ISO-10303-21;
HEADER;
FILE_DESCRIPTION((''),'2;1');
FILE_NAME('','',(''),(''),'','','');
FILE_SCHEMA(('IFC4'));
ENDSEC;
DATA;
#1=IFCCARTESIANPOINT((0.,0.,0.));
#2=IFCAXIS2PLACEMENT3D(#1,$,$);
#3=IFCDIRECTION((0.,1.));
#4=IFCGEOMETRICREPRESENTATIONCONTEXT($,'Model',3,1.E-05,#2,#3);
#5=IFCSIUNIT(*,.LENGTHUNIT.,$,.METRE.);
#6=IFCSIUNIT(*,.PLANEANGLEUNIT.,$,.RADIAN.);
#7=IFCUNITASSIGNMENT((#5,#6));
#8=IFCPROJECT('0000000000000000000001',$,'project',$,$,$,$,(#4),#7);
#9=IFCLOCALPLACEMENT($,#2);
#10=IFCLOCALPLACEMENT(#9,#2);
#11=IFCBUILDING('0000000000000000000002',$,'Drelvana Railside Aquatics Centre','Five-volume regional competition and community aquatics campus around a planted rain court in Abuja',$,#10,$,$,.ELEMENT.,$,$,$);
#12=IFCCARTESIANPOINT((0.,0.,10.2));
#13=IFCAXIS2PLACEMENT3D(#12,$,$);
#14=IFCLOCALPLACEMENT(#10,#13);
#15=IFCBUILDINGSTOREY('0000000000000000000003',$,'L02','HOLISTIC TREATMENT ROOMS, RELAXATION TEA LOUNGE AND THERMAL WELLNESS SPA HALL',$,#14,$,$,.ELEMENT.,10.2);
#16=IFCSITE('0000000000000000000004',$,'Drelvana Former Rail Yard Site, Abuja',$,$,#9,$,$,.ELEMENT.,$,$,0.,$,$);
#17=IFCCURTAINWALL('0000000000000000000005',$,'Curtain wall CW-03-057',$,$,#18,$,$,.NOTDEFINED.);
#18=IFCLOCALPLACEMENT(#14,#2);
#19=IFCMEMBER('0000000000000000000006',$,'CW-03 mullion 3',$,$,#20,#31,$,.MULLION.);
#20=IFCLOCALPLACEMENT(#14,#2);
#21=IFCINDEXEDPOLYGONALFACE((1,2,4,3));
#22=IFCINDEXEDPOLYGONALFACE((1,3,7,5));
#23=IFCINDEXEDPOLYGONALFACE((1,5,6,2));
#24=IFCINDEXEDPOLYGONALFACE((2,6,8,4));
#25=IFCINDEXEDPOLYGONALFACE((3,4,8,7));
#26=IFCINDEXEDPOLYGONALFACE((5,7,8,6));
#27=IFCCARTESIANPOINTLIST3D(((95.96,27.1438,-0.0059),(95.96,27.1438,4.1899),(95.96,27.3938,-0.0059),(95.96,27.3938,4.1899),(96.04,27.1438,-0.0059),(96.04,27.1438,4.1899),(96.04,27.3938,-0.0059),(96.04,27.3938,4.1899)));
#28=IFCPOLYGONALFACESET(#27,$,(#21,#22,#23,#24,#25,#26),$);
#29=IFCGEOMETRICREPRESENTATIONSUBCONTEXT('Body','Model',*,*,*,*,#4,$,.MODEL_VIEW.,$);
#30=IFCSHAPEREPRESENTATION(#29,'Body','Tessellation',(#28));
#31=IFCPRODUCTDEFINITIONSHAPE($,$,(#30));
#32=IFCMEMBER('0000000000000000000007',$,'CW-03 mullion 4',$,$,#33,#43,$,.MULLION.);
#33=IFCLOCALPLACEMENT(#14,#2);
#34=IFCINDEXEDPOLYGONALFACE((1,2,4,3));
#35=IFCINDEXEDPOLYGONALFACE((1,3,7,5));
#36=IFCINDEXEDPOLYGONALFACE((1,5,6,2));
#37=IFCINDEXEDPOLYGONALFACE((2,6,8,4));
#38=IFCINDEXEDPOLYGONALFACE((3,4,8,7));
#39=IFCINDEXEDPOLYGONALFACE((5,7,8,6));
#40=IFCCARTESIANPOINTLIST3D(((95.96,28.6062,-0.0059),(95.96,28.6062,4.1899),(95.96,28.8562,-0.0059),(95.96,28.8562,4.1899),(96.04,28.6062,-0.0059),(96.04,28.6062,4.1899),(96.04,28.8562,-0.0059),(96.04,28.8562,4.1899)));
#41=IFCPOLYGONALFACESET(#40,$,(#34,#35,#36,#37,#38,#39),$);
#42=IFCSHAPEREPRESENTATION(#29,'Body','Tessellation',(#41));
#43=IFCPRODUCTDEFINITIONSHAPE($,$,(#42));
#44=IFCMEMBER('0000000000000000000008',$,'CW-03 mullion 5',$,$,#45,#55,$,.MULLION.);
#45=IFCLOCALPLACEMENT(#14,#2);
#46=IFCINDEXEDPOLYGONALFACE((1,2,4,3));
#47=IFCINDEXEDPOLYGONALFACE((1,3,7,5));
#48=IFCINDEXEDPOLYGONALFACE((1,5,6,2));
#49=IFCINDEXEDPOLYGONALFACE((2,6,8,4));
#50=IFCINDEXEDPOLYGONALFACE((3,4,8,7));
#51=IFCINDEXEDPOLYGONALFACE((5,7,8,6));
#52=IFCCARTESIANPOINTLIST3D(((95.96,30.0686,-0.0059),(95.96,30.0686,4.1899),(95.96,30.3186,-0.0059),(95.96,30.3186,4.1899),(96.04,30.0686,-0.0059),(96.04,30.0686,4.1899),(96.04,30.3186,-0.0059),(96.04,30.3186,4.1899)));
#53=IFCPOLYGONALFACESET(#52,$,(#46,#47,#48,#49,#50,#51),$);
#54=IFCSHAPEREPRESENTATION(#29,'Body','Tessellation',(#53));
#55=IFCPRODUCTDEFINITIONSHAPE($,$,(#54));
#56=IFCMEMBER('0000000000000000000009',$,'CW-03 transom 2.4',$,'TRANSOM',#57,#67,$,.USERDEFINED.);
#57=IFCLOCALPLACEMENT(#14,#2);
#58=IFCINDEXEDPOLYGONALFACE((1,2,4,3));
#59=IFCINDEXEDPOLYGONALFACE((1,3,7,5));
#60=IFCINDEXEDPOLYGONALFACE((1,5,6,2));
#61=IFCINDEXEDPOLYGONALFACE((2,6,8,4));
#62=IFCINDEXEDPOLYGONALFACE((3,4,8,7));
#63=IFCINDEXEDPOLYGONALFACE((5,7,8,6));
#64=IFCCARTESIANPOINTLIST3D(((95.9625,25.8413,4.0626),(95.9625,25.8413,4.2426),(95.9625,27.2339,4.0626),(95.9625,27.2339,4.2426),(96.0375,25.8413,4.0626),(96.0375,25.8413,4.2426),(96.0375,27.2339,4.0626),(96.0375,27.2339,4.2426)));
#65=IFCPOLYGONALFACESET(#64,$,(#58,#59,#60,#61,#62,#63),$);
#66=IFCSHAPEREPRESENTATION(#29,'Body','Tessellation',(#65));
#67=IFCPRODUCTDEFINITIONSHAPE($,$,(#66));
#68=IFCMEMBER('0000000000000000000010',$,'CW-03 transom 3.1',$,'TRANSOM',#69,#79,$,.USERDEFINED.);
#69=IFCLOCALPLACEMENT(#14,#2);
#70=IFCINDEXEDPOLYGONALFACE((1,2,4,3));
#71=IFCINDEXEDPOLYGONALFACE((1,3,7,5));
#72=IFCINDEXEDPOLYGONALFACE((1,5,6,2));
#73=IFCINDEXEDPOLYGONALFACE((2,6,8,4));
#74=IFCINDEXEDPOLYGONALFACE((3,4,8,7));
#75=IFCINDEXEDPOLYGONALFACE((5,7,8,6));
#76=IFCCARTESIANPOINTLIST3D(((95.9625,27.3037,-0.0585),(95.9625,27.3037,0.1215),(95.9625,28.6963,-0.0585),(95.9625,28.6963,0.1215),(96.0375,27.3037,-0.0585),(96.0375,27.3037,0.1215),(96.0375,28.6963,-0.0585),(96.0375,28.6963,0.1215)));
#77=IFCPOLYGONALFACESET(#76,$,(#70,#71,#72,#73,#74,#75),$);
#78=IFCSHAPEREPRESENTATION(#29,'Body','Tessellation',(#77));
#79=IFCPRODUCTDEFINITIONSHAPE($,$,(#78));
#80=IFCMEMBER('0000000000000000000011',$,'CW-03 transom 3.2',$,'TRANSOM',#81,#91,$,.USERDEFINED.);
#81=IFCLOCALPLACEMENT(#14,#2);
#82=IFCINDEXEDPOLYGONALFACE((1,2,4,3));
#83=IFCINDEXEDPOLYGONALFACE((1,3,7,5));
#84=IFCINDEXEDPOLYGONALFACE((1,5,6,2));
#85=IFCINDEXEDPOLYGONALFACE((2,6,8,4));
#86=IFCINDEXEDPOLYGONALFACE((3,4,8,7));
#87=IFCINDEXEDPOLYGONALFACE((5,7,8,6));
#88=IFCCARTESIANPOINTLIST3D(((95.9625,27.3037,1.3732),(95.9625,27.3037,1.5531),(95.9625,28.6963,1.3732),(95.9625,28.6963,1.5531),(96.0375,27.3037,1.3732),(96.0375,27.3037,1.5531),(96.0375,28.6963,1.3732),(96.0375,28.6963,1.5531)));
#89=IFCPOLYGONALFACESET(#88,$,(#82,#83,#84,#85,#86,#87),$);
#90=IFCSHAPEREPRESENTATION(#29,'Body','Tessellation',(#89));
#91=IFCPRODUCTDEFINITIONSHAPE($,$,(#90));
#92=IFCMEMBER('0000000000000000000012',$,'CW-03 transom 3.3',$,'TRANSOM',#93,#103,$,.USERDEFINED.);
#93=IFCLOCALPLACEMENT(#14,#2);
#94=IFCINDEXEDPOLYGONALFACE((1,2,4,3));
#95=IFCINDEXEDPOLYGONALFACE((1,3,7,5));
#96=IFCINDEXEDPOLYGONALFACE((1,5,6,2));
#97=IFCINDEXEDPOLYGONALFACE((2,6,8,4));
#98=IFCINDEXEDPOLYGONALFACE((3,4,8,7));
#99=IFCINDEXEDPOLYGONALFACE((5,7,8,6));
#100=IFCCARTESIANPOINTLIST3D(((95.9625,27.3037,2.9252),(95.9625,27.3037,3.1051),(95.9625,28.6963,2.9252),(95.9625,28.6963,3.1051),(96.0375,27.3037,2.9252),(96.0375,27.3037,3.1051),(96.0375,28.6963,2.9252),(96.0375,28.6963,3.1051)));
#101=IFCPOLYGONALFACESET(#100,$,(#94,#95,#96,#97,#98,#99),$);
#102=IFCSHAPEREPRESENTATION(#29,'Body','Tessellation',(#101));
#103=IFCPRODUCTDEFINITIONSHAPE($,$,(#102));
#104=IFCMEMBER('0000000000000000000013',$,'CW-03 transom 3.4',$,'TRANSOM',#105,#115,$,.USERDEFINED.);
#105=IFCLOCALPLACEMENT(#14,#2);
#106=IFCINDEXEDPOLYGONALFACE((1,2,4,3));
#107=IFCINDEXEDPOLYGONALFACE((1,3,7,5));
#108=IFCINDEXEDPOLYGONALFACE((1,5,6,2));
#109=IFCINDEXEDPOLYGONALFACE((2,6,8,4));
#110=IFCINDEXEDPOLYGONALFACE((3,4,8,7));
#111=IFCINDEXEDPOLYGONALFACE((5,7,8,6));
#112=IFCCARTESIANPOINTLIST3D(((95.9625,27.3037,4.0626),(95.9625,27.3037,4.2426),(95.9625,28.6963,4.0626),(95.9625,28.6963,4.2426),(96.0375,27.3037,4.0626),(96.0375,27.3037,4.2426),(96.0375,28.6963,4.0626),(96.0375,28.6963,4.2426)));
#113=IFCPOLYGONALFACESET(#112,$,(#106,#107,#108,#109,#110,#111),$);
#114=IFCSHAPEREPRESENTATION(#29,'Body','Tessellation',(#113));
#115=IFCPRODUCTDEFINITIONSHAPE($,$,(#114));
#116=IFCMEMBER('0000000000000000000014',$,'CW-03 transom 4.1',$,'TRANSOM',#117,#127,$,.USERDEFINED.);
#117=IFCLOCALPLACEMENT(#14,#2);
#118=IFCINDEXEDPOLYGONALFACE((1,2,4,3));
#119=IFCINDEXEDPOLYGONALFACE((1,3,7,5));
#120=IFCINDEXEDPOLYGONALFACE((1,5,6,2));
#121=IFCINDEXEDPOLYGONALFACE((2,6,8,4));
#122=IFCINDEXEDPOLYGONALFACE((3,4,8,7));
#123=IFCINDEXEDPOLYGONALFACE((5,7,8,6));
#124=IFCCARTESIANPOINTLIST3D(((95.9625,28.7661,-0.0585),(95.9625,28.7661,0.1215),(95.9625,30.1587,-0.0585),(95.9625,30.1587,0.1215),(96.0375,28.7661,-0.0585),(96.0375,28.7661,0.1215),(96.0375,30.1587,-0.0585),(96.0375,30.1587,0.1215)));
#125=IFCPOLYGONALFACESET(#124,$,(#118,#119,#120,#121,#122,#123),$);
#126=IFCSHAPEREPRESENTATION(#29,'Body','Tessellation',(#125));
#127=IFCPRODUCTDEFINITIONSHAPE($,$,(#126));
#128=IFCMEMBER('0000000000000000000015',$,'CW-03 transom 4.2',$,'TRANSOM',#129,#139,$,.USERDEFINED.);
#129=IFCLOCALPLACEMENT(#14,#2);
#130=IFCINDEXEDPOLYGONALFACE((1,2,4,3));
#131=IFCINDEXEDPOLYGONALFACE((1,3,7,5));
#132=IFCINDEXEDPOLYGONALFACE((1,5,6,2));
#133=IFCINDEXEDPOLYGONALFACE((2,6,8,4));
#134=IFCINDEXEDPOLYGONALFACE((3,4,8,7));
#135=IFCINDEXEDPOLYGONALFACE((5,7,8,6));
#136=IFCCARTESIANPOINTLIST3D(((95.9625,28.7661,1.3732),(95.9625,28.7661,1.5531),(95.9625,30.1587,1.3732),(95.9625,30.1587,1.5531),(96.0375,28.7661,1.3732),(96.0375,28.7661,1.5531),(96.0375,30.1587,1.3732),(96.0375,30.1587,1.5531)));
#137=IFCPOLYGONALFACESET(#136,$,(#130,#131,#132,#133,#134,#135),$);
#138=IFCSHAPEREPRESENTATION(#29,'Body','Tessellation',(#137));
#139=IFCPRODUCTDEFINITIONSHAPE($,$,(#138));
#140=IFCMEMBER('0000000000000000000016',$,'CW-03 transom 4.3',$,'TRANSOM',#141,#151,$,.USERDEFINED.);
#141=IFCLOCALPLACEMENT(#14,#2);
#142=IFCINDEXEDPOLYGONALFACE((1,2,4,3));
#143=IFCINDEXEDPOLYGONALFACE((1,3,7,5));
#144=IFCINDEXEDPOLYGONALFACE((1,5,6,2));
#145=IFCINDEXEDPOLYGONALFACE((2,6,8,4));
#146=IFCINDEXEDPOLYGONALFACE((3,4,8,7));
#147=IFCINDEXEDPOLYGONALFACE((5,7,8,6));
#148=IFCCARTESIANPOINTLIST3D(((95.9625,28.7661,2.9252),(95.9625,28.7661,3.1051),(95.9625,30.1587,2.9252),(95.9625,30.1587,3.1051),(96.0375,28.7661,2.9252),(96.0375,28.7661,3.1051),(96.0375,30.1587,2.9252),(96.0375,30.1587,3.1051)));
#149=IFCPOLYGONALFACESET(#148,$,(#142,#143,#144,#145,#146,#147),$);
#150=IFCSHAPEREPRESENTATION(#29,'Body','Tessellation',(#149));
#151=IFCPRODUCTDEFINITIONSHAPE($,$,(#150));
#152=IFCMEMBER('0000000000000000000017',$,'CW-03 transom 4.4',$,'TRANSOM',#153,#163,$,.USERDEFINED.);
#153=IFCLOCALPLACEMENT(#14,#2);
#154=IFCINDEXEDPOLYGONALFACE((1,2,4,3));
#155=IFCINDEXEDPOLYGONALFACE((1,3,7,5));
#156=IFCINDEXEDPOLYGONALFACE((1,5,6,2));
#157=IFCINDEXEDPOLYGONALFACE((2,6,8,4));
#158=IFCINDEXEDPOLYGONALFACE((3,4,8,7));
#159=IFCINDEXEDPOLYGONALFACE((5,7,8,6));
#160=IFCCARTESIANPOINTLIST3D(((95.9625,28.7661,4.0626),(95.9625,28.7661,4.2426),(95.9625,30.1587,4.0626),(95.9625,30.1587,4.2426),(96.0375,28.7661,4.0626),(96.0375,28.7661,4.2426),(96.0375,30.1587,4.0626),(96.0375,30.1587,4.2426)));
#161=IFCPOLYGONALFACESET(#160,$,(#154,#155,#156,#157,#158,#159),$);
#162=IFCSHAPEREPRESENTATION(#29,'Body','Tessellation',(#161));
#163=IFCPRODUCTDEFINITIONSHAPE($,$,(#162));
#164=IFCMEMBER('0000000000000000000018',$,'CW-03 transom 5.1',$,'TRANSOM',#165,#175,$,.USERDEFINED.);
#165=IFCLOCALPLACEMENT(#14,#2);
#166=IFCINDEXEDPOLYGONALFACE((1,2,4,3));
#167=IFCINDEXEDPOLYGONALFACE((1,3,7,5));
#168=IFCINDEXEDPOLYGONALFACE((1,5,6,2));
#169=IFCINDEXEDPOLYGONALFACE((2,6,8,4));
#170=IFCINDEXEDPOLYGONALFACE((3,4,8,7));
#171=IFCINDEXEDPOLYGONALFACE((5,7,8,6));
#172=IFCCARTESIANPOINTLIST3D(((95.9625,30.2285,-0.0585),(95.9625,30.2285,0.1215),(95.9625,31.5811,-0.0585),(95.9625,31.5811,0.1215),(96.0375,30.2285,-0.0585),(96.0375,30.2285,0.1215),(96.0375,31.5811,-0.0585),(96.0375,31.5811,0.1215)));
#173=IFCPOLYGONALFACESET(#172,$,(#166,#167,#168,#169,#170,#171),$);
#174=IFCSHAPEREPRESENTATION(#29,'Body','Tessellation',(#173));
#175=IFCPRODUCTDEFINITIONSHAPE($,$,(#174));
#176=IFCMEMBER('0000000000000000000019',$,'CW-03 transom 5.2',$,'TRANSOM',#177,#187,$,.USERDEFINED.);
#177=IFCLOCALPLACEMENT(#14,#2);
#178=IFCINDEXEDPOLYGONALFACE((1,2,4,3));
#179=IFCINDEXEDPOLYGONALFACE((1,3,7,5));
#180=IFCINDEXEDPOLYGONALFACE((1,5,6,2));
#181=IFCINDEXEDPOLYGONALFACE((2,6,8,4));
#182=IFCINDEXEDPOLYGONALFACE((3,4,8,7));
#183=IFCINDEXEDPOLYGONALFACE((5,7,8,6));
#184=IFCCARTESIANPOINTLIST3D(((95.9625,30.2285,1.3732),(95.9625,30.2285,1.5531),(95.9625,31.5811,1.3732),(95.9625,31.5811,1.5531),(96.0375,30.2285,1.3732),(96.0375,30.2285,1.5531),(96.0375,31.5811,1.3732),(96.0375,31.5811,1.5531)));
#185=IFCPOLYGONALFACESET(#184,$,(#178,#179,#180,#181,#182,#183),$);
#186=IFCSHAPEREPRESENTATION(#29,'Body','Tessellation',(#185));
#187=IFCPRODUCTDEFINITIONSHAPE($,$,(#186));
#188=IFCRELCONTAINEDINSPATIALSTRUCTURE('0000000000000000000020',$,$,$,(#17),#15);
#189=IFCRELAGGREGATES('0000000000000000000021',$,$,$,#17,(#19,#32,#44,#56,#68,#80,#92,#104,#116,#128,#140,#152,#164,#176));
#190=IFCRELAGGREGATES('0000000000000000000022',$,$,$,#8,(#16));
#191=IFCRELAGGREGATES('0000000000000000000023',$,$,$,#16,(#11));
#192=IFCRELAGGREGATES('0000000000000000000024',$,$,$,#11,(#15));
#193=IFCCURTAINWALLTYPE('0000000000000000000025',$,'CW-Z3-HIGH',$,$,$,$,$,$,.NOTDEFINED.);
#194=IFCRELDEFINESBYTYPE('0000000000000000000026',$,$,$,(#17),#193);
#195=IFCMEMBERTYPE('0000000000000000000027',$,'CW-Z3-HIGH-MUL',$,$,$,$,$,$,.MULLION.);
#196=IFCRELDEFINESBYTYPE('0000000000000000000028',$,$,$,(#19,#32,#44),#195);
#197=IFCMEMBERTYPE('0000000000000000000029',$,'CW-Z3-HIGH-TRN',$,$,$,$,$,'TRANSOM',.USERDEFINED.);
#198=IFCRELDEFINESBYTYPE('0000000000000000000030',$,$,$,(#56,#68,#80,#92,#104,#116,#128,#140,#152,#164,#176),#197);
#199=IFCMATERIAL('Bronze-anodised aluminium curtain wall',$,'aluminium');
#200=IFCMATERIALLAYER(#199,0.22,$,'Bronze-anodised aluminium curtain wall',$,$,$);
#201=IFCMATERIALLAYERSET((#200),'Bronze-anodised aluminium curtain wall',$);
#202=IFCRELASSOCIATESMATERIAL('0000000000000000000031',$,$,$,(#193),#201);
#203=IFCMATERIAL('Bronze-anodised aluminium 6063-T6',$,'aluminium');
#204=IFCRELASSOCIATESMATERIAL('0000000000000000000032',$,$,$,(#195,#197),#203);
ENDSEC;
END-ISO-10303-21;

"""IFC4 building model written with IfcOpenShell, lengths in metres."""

from ifc_helpers import new_model, si_unit, direction, frame, origin, origin_2d, place, context, subcontext, project, spatial, rectangle, extrude, material, layer, layer_set, material_profile, profile_set, type_object, element, aggregate, save


model = new_model("IFC4")

# Units and contexts
model_context = context("Model", 3, precision=1e-05, world=origin(), true_north=direction((0.0, 1.0)))
body_context = subcontext(model_context, "Body", "Model", "MODEL_VIEW")
ifc_project = project(units=[si_unit("LENGTHUNIT", "METRE"), si_unit("PLANEANGLEUNIT", "RADIAN")], contexts=[model_context])

# Site, building, storey
site_placement = place(None, origin())
site = spatial("IfcSite", under=ifc_project, at=site_placement, Name="Drelvana Former Rail Yard Site, Abuja", CompositionType="ELEMENT", RefElevation=0.0)
building_placement = place(site_placement, origin())
building = spatial("IfcBuilding", under=site, at=building_placement, Name="Drelvana Railside Aquatics Centre", Description="Five-volume regional competition and community aquatics campus around a planted rain court in Abuja", CompositionType="ELEMENT")
storey_placement = place(building_placement, frame((0.0, 0.0, 10.2)))
storey = spatial("IfcBuildingStorey", under=building, at=storey_placement, Name="L02", Description="HOLISTIC TREATMENT ROOMS, RELAXATION TEA LOUNGE AND THERMAL WELLNESS SPA HALL", CompositionType="ELEMENT", Elevation=10.2)

# Curtain wall, members
ifc_material_1 = material(Name="Bronze-anodised aluminium curtain wall", Category="aluminium")
ifc_layer_1 = layer(ifc_material_1, 0.22, Name="Bronze-anodised aluminium curtain wall")
ifc_layer_set_1 = layer_set([ifc_layer_1], Name="Bronze-anodised aluminium curtain wall")
curtain_wall_type = type_object("IfcCurtainWallType", Name="CW-Z3-HIGH", PredefinedType="NOTDEFINED", material=ifc_layer_set_1)
curtain_wall_placement = place(storey_placement, origin())
curtain_wall = element("IfcCurtainWall", 1, at=curtain_wall_placement, inside=storey, type_object=curtain_wall_type, Name="Curtain wall CW-03-057", PredefinedType="NOTDEFINED")
ifc_material_2 = material(Name="Bronze-anodised aluminium 6063-T6", Category="aluminium")
ifc_material_profile_1 = material_profile(ifc_material_2, rectangle(XDim=0.0801, YDim=0.25, at=origin_2d()), Name="ALU-M 80x250")
ifc_profile_set_1 = profile_set([ifc_material_profile_1], Name="Bronze-anodised aluminium 6063-T6")
member_type_1 = type_object("IfcMemberType", Name="CW-Z3-HIGH-MUL", PredefinedType="MULLION", material=ifc_profile_set_1)
member_1_placement = place(storey_placement, frame((96.0, 27.2688, -0.0059), z_axis=(0.0, 0.0, 1.0), x_axis=(-1.0, 0.0, 0.0)))
member_1 = element("IfcMember", 2, at=member_1_placement, type_object=member_type_1, Name="CW-03 mullion 3", PredefinedType="MULLION", context=body_context, shape_type="SweptSolid", body=[
    extrude(rectangle(XDim=0.0801, YDim=0.25, at=origin_2d()), origin(), (0.0, 0.0, 1.0), 4.1958),
])
member_2_placement = place(storey_placement, frame((96.0, 28.7312, -0.0059), z_axis=(0.0, 0.0, 1.0), x_axis=(-1.0, 0.0, 0.0)))
member_2 = element("IfcMember", 3, at=member_2_placement, type_object=member_type_1, Name="CW-03 mullion 4", PredefinedType="MULLION", context=body_context, shape_type="SweptSolid", body=[
    extrude(rectangle(XDim=0.0801, YDim=0.25, at=origin_2d()), origin(), (0.0, 0.0, 1.0), 4.1958),
])
member_3_placement = place(storey_placement, frame((96.0, 30.1936, -0.0059), z_axis=(0.0, 0.0, 1.0), x_axis=(-1.0, 0.0, 0.0)))
member_3 = element("IfcMember", 4, at=member_3_placement, type_object=member_type_1, Name="CW-03 mullion 5", PredefinedType="MULLION", context=body_context, shape_type="SweptSolid", body=[
    extrude(rectangle(XDim=0.0801, YDim=0.25, at=origin_2d()), origin(), (0.0, 0.0, 1.0), 4.1958),
])
ifc_material_profile_2 = material_profile(ifc_material_2, rectangle(XDim=0.1799, YDim=0.075, at=origin_2d()), Name="ALU-T 75x180")
ifc_profile_set_2 = profile_set([ifc_material_profile_2], Name="Bronze-anodised aluminium 6063-T6")
member_type_2 = type_object("IfcMemberType", Name="CW-Z3-HIGH-TRN", ElementType="TRANSOM", PredefinedType="USERDEFINED", material=ifc_profile_set_2)
member_4_placement = place(storey_placement, frame((96.0, 25.8413, 4.1526), z_axis=(0.0, 1.0, 0.0), x_axis=(0.0, 0.0, 1.0)))
member_4 = element("IfcMember", 5, at=member_4_placement, type_object=member_type_2, Name="CW-03 transom 2.4", ObjectType="TRANSOM", PredefinedType="USERDEFINED", context=body_context, shape_type="SweptSolid", body=[
    extrude(rectangle(XDim=0.1799, YDim=0.075, at=origin_2d()), origin(), (0.0, 0.0, 1.0), 1.3926),
])
member_5_placement = place(storey_placement, frame((96.0, 27.3037, 0.0315), z_axis=(0.0, 1.0, 0.0), x_axis=(0.0, 0.0, 1.0)))
member_5 = element("IfcMember", 6, at=member_5_placement, type_object=member_type_2, Name="CW-03 transom 3.1", ObjectType="TRANSOM", PredefinedType="USERDEFINED", context=body_context, shape_type="SweptSolid", body=[
    extrude(rectangle(XDim=0.1799, YDim=0.075, at=origin_2d()), origin(), (0.0, 0.0, 1.0), 1.3926),
])
member_6_placement = place(storey_placement, frame((96.0, 27.3037, 1.4631), z_axis=(0.0, 1.0, 0.0), x_axis=(0.0, 0.0, 1.0)))
member_6 = element("IfcMember", 7, at=member_6_placement, type_object=member_type_2, Name="CW-03 transom 3.2", ObjectType="TRANSOM", PredefinedType="USERDEFINED", context=body_context, shape_type="SweptSolid", body=[
    extrude(rectangle(XDim=0.1799, YDim=0.075, at=origin_2d()), origin(), (0.0, 0.0, 1.0), 1.3926),
])
member_7_placement = place(storey_placement, frame((96.0, 27.3037, 3.0151), z_axis=(0.0, 1.0, 0.0), x_axis=(0.0, 0.0, 1.0)))
member_7 = element("IfcMember", 8, at=member_7_placement, type_object=member_type_2, Name="CW-03 transom 3.3", ObjectType="TRANSOM", PredefinedType="USERDEFINED", context=body_context, shape_type="SweptSolid", body=[
    extrude(rectangle(XDim=0.1799, YDim=0.075, at=origin_2d()), origin(), (0.0, 0.0, 1.0), 1.3926),
])
member_8_placement = place(storey_placement, frame((96.0, 27.3037, 4.1526), z_axis=(0.0, 1.0, 0.0), x_axis=(0.0, 0.0, 1.0)))
member_8 = element("IfcMember", 9, at=member_8_placement, type_object=member_type_2, Name="CW-03 transom 3.4", ObjectType="TRANSOM", PredefinedType="USERDEFINED", context=body_context, shape_type="SweptSolid", body=[
    extrude(rectangle(XDim=0.1799, YDim=0.075, at=origin_2d()), origin(), (0.0, 0.0, 1.0), 1.3926),
])
member_9_placement = place(storey_placement, frame((96.0, 28.7661, 0.0315), z_axis=(0.0, 1.0, 0.0), x_axis=(0.0, 0.0, 1.0)))
member_9 = element("IfcMember", 10, at=member_9_placement, type_object=member_type_2, Name="CW-03 transom 4.1", ObjectType="TRANSOM", PredefinedType="USERDEFINED", context=body_context, shape_type="SweptSolid", body=[
    extrude(rectangle(XDim=0.1799, YDim=0.075, at=origin_2d()), origin(), (0.0, 0.0, 1.0), 1.3926),
])
member_10_placement = place(storey_placement, frame((96.0, 28.7661, 1.4631), z_axis=(0.0, 1.0, 0.0), x_axis=(0.0, 0.0, 1.0)))
member_10 = element("IfcMember", 11, at=member_10_placement, type_object=member_type_2, Name="CW-03 transom 4.2", ObjectType="TRANSOM", PredefinedType="USERDEFINED", context=body_context, shape_type="SweptSolid", body=[
    extrude(rectangle(XDim=0.1799, YDim=0.075, at=origin_2d()), origin(), (0.0, 0.0, 1.0), 1.3926),
])
member_11_placement = place(storey_placement, frame((96.0, 28.7661, 3.0151), z_axis=(0.0, 1.0, 0.0), x_axis=(0.0, 0.0, 1.0)))
member_11 = element("IfcMember", 12, at=member_11_placement, type_object=member_type_2, Name="CW-03 transom 4.3", ObjectType="TRANSOM", PredefinedType="USERDEFINED", context=body_context, shape_type="SweptSolid", body=[
    extrude(rectangle(XDim=0.1799, YDim=0.075, at=origin_2d()), origin(), (0.0, 0.0, 1.0), 1.3926),
])
member_12_placement = place(storey_placement, frame((96.0, 28.7661, 4.1526), z_axis=(0.0, 1.0, 0.0), x_axis=(0.0, 0.0, 1.0)))
member_12 = element("IfcMember", 13, at=member_12_placement, type_object=member_type_2, Name="CW-03 transom 4.4", ObjectType="TRANSOM", PredefinedType="USERDEFINED", context=body_context, shape_type="SweptSolid", body=[
    extrude(rectangle(XDim=0.1799, YDim=0.075, at=origin_2d()), origin(), (0.0, 0.0, 1.0), 1.3926),
])
member_13_placement = place(storey_placement, frame((96.0, 30.2285, 0.0315), z_axis=(0.0, 1.0, 0.0), x_axis=(0.0, 0.0, 1.0)))
member_13 = element("IfcMember", 14, at=member_13_placement, type_object=member_type_2, Name="CW-03 transom 5.1", ObjectType="TRANSOM", PredefinedType="USERDEFINED", context=body_context, shape_type="SweptSolid", body=[
    extrude(rectangle(XDim=0.1799, YDim=0.075, at=origin_2d()), origin(), (0.0, 0.0, 1.0), 1.3525),
])
member_14_placement = place(storey_placement, frame((96.0, 30.2285, 1.4631), z_axis=(0.0, 1.0, 0.0), x_axis=(0.0, 0.0, 1.0)))
member_14 = element("IfcMember", 15, at=member_14_placement, type_object=member_type_2, Name="CW-03 transom 5.2", ObjectType="TRANSOM", PredefinedType="USERDEFINED", context=body_context, shape_type="SweptSolid", body=[
    extrude(rectangle(XDim=0.1799, YDim=0.075, at=origin_2d()), origin(), (0.0, 0.0, 1.0), 1.3525),
])
aggregate(curtain_wall, [member_1, member_2, member_3, member_4, member_5, member_6, member_7, member_8, member_9, member_10, member_11, member_12, member_13, member_14])

save(model, "model.ifc")
